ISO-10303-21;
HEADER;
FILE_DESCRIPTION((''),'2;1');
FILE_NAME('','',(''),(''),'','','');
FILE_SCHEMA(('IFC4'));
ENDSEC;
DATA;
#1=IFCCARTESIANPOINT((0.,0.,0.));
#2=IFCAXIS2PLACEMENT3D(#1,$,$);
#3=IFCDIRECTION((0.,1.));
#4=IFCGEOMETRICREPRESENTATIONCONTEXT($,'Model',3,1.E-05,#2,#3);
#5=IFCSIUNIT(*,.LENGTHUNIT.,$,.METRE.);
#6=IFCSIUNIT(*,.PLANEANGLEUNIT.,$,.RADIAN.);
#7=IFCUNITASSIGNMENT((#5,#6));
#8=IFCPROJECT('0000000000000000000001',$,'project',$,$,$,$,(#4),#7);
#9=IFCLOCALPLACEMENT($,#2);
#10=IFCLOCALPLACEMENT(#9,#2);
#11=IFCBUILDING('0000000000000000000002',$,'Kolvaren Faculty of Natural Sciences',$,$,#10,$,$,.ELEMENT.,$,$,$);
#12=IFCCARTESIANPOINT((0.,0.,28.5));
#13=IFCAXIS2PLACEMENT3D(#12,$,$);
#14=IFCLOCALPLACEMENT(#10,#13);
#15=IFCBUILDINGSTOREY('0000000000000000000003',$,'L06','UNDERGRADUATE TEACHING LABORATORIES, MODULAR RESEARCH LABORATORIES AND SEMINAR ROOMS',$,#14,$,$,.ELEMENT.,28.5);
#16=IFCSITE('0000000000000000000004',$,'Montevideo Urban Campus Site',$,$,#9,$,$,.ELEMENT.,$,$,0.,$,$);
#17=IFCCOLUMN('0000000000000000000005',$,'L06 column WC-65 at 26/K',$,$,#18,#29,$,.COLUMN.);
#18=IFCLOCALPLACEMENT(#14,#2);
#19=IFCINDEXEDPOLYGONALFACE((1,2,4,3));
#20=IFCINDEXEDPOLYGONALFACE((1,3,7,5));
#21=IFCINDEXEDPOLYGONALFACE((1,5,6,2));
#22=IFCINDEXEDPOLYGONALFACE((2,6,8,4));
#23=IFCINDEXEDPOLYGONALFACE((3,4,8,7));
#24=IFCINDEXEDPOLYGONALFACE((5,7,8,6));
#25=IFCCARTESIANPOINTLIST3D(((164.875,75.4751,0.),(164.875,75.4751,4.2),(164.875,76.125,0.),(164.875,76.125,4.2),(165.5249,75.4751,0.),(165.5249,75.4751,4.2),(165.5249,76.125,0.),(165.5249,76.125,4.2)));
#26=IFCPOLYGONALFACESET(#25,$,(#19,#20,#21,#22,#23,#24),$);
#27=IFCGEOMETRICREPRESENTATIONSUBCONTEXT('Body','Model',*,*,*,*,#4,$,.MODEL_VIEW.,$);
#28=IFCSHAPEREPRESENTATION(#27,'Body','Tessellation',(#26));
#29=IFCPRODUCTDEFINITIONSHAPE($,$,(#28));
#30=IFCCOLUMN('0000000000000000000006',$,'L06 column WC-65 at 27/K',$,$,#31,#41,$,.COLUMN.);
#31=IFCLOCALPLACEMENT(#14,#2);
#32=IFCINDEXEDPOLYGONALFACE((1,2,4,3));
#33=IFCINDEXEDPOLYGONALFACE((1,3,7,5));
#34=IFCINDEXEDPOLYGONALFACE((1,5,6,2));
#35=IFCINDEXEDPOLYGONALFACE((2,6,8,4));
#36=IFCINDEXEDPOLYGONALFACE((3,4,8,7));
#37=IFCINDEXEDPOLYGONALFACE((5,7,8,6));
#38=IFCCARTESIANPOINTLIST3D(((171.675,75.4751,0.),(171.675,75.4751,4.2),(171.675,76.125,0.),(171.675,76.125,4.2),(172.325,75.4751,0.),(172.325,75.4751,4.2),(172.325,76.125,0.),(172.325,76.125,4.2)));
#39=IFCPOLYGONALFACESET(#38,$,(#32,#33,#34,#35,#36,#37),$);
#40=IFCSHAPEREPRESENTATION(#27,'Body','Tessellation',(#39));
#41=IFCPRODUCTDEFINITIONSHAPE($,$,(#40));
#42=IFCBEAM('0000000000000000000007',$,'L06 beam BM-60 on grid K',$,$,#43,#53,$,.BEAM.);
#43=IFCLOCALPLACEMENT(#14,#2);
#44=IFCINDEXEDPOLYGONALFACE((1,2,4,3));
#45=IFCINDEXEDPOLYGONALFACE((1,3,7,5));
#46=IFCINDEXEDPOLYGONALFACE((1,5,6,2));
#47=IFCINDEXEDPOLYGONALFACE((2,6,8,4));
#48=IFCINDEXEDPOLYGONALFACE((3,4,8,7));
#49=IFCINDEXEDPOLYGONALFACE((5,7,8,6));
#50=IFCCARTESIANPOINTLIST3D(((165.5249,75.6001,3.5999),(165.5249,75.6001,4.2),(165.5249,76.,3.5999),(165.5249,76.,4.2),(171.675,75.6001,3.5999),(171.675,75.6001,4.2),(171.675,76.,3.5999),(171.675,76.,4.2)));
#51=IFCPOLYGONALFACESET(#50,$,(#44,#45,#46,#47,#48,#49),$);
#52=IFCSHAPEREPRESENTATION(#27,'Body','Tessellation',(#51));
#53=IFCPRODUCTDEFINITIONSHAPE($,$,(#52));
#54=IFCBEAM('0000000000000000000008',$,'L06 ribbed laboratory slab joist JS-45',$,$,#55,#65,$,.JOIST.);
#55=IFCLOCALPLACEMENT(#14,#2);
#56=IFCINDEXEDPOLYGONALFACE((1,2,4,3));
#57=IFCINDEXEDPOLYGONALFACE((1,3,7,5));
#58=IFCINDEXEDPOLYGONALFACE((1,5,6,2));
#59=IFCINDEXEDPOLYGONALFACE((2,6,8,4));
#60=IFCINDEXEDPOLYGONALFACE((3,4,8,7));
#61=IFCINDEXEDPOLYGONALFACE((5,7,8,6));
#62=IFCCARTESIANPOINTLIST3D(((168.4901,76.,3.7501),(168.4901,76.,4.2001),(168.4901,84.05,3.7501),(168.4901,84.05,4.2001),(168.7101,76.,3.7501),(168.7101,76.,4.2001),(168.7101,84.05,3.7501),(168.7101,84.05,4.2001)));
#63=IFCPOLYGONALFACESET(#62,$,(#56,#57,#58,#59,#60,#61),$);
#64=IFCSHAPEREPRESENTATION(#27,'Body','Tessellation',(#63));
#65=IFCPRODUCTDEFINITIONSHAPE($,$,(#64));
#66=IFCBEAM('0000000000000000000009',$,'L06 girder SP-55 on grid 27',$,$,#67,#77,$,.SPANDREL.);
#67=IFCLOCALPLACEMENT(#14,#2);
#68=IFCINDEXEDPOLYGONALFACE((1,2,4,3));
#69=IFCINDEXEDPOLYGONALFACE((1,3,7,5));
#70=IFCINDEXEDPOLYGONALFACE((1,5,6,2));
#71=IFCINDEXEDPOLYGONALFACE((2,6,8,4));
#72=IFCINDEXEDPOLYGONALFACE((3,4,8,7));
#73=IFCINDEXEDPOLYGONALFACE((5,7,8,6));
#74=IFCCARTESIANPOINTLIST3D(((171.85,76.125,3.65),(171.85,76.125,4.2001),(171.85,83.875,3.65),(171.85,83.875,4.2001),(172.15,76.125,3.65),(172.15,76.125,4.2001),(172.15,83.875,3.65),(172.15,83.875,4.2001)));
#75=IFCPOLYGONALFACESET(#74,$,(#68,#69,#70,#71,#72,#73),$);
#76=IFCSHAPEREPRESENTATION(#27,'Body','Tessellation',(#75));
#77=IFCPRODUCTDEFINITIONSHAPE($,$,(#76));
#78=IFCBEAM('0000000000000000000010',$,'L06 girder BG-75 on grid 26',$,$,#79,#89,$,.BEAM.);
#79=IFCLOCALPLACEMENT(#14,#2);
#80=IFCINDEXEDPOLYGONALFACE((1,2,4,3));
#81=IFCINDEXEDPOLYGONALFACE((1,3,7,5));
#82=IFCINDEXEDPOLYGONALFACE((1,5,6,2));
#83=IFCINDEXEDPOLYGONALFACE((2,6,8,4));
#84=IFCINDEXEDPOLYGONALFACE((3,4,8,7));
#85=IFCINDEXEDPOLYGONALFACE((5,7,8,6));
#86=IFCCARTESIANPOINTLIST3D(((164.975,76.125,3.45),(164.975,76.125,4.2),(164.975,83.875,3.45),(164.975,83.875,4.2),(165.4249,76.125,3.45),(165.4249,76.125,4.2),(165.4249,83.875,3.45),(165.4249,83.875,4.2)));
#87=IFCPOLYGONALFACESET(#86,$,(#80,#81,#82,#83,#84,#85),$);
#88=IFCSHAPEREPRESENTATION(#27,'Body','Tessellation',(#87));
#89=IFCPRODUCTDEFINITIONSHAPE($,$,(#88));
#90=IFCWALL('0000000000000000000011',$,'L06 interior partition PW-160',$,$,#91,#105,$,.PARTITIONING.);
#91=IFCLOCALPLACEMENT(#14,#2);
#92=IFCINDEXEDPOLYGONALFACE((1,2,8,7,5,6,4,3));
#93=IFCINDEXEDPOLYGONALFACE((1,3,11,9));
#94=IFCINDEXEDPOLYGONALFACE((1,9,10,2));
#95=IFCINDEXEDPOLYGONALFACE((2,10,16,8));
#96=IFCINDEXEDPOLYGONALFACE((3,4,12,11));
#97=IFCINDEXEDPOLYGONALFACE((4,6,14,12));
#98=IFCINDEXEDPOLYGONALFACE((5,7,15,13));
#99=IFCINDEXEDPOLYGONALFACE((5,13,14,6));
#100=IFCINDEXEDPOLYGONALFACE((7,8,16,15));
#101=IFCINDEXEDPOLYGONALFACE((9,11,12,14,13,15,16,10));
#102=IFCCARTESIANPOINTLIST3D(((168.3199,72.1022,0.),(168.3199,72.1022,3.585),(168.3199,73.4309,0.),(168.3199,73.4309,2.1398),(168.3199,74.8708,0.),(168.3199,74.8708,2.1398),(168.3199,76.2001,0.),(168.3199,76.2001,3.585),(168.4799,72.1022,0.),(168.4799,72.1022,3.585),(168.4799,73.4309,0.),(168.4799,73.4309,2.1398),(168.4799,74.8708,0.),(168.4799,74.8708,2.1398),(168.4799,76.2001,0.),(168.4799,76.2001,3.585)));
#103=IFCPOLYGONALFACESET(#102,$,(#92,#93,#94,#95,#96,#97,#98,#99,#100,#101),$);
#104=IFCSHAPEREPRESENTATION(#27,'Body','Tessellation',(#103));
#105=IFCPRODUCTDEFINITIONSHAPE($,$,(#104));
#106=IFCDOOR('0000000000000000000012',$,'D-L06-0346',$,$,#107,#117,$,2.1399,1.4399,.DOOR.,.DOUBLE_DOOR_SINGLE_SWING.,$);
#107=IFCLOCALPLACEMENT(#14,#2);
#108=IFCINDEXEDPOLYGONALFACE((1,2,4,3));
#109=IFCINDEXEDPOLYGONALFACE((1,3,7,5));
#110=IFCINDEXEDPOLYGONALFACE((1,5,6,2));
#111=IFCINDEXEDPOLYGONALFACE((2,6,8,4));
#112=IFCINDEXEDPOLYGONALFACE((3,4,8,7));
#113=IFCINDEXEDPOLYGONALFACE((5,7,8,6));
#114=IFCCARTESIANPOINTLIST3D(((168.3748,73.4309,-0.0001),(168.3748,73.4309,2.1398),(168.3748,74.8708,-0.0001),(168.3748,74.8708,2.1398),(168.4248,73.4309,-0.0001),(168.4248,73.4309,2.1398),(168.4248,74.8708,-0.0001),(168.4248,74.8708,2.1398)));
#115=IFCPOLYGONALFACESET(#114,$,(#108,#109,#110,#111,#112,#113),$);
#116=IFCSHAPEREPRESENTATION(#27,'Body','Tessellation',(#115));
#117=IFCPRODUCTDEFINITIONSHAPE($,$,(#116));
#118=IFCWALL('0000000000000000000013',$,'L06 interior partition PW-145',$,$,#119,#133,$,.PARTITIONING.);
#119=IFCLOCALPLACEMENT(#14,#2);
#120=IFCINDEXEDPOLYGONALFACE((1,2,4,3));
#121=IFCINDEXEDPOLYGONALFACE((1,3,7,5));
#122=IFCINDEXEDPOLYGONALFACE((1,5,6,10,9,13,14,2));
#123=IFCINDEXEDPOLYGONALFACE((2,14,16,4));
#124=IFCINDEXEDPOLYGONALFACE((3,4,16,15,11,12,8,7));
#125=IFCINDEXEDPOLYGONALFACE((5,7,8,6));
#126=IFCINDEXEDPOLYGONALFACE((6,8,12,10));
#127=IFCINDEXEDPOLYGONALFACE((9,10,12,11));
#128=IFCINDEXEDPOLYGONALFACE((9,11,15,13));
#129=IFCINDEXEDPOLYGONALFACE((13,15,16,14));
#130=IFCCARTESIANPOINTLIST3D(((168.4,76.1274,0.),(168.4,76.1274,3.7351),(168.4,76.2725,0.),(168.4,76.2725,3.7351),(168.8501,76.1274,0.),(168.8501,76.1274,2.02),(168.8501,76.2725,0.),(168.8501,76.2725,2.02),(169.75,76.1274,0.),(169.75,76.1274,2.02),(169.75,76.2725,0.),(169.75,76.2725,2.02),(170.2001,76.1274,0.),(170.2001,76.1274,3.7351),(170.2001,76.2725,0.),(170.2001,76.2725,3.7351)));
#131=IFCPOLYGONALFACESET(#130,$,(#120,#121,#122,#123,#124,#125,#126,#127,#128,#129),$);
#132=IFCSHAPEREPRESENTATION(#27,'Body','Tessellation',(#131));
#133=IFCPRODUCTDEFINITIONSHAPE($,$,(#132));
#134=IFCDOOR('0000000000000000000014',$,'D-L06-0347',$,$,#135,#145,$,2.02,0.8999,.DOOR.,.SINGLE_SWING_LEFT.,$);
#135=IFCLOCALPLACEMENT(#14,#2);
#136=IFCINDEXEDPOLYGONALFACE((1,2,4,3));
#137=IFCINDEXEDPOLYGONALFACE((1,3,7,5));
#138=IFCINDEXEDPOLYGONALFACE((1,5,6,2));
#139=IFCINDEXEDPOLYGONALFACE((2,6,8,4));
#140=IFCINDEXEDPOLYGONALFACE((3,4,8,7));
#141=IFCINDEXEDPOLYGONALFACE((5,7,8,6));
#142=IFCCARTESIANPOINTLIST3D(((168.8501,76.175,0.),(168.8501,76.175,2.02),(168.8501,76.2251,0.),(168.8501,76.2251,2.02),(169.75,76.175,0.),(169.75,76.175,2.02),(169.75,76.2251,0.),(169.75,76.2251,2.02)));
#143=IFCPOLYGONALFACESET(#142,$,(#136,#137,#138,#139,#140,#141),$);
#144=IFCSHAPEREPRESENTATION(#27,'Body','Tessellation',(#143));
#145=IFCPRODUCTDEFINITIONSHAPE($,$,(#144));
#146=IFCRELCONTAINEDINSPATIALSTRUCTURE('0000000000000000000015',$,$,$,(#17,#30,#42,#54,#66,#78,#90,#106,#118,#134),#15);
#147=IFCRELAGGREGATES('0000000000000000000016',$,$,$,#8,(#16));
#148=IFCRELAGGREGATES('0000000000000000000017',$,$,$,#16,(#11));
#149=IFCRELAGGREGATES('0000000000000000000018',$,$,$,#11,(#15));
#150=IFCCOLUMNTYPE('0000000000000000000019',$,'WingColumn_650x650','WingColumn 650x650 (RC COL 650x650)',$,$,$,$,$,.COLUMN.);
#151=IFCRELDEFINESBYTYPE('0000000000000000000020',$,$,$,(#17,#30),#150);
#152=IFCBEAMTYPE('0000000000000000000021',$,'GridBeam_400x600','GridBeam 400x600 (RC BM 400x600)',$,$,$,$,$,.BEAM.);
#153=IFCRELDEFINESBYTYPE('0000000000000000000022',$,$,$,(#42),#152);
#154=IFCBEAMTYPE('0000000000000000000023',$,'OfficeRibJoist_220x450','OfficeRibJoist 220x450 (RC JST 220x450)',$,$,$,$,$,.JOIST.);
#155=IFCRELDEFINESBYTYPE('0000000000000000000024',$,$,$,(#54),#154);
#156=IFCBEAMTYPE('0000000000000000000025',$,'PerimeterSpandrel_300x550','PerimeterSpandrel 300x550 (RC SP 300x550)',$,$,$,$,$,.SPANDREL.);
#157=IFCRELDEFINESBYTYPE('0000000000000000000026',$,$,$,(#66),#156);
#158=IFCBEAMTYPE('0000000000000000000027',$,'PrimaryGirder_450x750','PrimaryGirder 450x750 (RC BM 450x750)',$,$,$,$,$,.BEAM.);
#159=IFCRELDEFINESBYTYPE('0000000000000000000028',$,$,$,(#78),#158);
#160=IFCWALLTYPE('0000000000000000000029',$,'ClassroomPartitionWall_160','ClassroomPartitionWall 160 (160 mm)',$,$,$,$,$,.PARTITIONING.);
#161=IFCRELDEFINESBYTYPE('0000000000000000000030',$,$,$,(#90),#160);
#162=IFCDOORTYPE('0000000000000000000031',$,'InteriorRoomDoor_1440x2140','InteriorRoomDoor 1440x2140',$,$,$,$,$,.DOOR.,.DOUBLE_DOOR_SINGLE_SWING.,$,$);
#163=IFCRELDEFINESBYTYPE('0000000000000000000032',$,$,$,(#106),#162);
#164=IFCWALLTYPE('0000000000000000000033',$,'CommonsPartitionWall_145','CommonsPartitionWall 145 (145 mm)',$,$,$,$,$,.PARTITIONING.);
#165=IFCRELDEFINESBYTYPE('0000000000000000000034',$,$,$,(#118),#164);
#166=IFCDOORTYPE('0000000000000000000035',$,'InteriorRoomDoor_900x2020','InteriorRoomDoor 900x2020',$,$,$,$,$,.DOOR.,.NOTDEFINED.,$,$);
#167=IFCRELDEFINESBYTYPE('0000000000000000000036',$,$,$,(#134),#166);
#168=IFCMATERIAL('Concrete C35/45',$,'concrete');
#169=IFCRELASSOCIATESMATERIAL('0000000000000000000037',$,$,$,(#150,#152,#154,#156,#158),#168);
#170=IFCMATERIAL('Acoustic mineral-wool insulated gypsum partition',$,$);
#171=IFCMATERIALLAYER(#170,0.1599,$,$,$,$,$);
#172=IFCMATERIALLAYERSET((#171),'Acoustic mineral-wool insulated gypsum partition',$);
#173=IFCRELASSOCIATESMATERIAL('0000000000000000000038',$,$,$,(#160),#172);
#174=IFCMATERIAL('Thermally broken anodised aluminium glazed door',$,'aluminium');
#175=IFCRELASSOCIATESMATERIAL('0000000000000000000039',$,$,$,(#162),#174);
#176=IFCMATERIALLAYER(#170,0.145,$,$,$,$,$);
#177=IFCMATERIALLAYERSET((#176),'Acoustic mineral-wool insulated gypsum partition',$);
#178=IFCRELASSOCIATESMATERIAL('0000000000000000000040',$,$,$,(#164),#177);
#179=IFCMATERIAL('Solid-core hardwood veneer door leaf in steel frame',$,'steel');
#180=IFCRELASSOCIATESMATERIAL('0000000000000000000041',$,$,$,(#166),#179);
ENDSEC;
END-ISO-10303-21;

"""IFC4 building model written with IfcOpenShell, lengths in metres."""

from ifc_helpers import new_model, si_unit, direction, frame, frame_2d, origin, origin_2d, place, context, subcontext, project, spatial, rectangle, extrude, material, layer, layer_set, material_profile, profile_set, type_object, element, fill, save


model = new_model("IFC4")

# Units and contexts
model_context = context("Model", 3, precision=1e-05, world=origin(), true_north=direction((0.0, 1.0)))
body_context = subcontext(model_context, "Body", "Model", "MODEL_VIEW")
ifc_project = project(units=[si_unit("LENGTHUNIT", "METRE"), si_unit("PLANEANGLEUNIT", "RADIAN")], contexts=[model_context])

# Site, building, storey
site_placement = place(None, origin())
site = spatial("IfcSite", under=ifc_project, at=site_placement, Name="Montevideo Urban Campus Site", CompositionType="ELEMENT", RefElevation=0.0)
building_placement = place(site_placement, origin())
building = spatial("IfcBuilding", under=site, at=building_placement, Name="Kolvaren Faculty of Natural Sciences", CompositionType="ELEMENT")
storey_placement = place(building_placement, frame((0.0, 0.0, 28.5)))
storey = spatial("IfcBuildingStorey", under=building, at=storey_placement, Name="L06", Description="UNDERGRADUATE TEACHING LABORATORIES, MODULAR RESEARCH LABORATORIES AND SEMINAR ROOMS", CompositionType="ELEMENT", Elevation=28.5)

# Columns
ifc_material_1 = material(Name="Concrete C35/45", Category="concrete")
ifc_material_profile_1 = material_profile(ifc_material_1, rectangle(XDim=0.6499, YDim=0.6499, at=origin_2d()), Name="RC COL 650x650")
ifc_profile_set_1 = profile_set([ifc_material_profile_1], Name="Concrete C35/45")
column_type = type_object("IfcColumnType", Name="WingColumn_650x650", Description="WingColumn 650x650 (RC COL 650x650)", PredefinedType="COLUMN", material=ifc_profile_set_1)
for number, where, z_axis, x_axis, name in (
    (1, (165.2, 75.8, 0.0), (0.0, 0.0, 1.0), (1.0, 0.0, 0.0), "L06 column WC-65 at 26/K"),
    (2, (172.0, 75.8, 0.0), (0.0, 0.0, 1.0), (1.0, 0.0, 0.0), "L06 column WC-65 at 27/K"),
):
    element("IfcColumn", number, at=place(storey_placement, frame(where, z_axis=z_axis, x_axis=x_axis)), inside=storey, type_object=column_type, Name=name, PredefinedType="COLUMN", context=body_context, shape_type="SweptSolid", body=[
        extrude(rectangle(XDim=0.6499, YDim=0.6499, at=origin_2d()), origin(), (0.0, 0.0, 1.0), 4.2),
    ])

# Beams
ifc_material_profile_2 = material_profile(ifc_material_1, rectangle(XDim=0.3999, YDim=0.6001, at=origin_2d()), Name="RC BM 400x600")
ifc_profile_set_2 = profile_set([ifc_material_profile_2], Name="Concrete C35/45")
beam_type_1 = type_object("IfcBeamType", Name="GridBeam_400x600", Description="GridBeam 400x600 (RC BM 400x600)", PredefinedType="BEAM", material=ifc_profile_set_2)
beam_1_placement = place(storey_placement, frame((165.5249, 75.8, 3.8999), z_axis=(1.0, 0.0, 0.0), x_axis=(0.0, 1.0, 0.0)))
element("IfcBeam", 3, at=beam_1_placement, inside=storey, type_object=beam_type_1, Name="L06 beam BM-60 on grid K", PredefinedType="BEAM", context=body_context, shape_type="SweptSolid", body=[
    extrude(rectangle(XDim=0.3999, YDim=0.6001, at=origin_2d()), origin(), (0.0, 0.0, 1.0), 6.1501),
])
ifc_material_profile_3 = material_profile(ifc_material_1, rectangle(XDim=0.22, YDim=0.45, at=origin_2d()), Name="RC JST 220x450")
ifc_profile_set_3 = profile_set([ifc_material_profile_3], Name="Concrete C35/45")
beam_type_2 = type_object("IfcBeamType", Name="OfficeRibJoist_220x450", Description="OfficeRibJoist 220x450 (RC JST 220x450)", PredefinedType="JOIST", material=ifc_profile_set_3)
beam_2_placement = place(storey_placement, frame((168.6001, 76.0, 3.9751), z_axis=(0.0, 1.0, 0.0), x_axis=(-1.0, 0.0, 0.0)))
element("IfcBeam", 4, at=beam_2_placement, inside=storey, type_object=beam_type_2, Name="L06 ribbed laboratory slab joist JS-45", PredefinedType="JOIST", context=body_context, shape_type="SweptSolid", body=[
    extrude(rectangle(XDim=0.22, YDim=0.45, at=origin_2d()), origin(), (0.0, 0.0, 1.0), 8.05),
])
ifc_material_profile_4 = material_profile(ifc_material_1, rectangle(XDim=0.3, YDim=0.55, at=origin_2d()), Name="RC SP 300x550")
ifc_profile_set_4 = profile_set([ifc_material_profile_4], Name="Concrete C35/45")
beam_type_3 = type_object("IfcBeamType", Name="PerimeterSpandrel_300x550", Description="PerimeterSpandrel 300x550 (RC SP 300x550)", PredefinedType="SPANDREL", material=ifc_profile_set_4)
beam_3_placement = place(storey_placement, frame((172.0, 76.125, 3.925), z_axis=(0.0, 1.0, 0.0), x_axis=(-1.0, 0.0, 0.0)))
element("IfcBeam", 5, at=beam_3_placement, inside=storey, type_object=beam_type_3, Name="L06 girder SP-55 on grid 27", PredefinedType="SPANDREL", context=body_context, shape_type="SweptSolid", body=[
    extrude(rectangle(XDim=0.3, YDim=0.55, at=origin_2d()), origin(), (0.0, 0.0, 1.0), 7.75),
])
ifc_material_profile_5 = material_profile(ifc_material_1, rectangle(XDim=0.45, YDim=0.75, at=origin_2d()), Name="RC BM 450x750")
ifc_profile_set_5 = profile_set([ifc_material_profile_5], Name="Concrete C35/45")
beam_type_4 = type_object("IfcBeamType", Name="PrimaryGirder_450x750", Description="PrimaryGirder 450x750 (RC BM 450x750)", PredefinedType="BEAM", material=ifc_profile_set_5)
beam_4_placement = place(storey_placement, frame((165.2, 76.125, 3.825), z_axis=(0.0, 1.0, 0.0), x_axis=(-1.0, 0.0, 0.0)))
element("IfcBeam", 6, at=beam_4_placement, inside=storey, type_object=beam_type_4, Name="L06 girder BG-75 on grid 26", PredefinedType="BEAM", context=body_context, shape_type="SweptSolid", body=[
    extrude(rectangle(XDim=0.45, YDim=0.75, at=origin_2d()), origin(), (0.0, 0.0, 1.0), 7.75),
])

# Walls, openings, doors
ifc_material_2 = material(Name="Acoustic mineral-wool insulated gypsum partition")
ifc_layer_1 = layer(ifc_material_2, 0.1599)
ifc_layer_set_1 = layer_set([ifc_layer_1], Name="Acoustic mineral-wool insulated gypsum partition")
wall_type_1 = type_object("IfcWallType", Name="ClassroomPartitionWall_160", Description="ClassroomPartitionWall 160 (160 mm)", PredefinedType="PARTITIONING", material=ifc_layer_set_1)
wall_1_placement = place(storey_placement, frame((168.3999, 76.2, 0.0), z_axis=(0.0, 0.0, 1.0), x_axis=(0.0, -1.0, 0.0)))
wall_1 = element("IfcWall", 7, at=wall_1_placement, inside=storey, type_object=wall_type_1, Name="L06 interior partition PW-160", PredefinedType="PARTITIONING", context=body_context, shape_type="SweptSolid", body=[
    extrude(rectangle(XDim=4.0979, YDim=0.1599, at=frame_2d((2.0488, 0.0))), origin(), (0.0, 0.0, 1.0), 3.585),
])
opening_1_placement = place(wall_1_placement, frame((1.3291, 0.0, 0.0)))
opening_1 = element("IfcOpeningElement", 8, at=opening_1_placement, cuts=wall_1, PredefinedType="OPENING", context=body_context, shape_type="SweptSolid", body=[
    extrude(rectangle(XDim=1.4399, YDim=2.1399, at=frame_2d((0.72, 1.0698))), frame((0.0, 0.0898, 0.0), z_axis=(0.0, -1.0, 0.0), x_axis=(1.0, 0.0, 0.0)), (0.0, 0.0, 1.0), 0.1799),
])
ifc_material_3 = material(Name="Thermally broken anodised aluminium glazed door", Category="aluminium")
door_type_1 = type_object("IfcDoorType", Name="InteriorRoomDoor_1440x2140", Description="InteriorRoomDoor 1440x2140", OperationType="DOUBLE_DOOR_SINGLE_SWING", PredefinedType="DOOR", material=ifc_material_3)
door_1_placement = place(opening_1_placement, origin())
door_1 = element("IfcDoor", 9, at=door_1_placement, inside=storey, type_object=door_type_1, Name="D-L06-0346", OperationType="DOUBLE_DOOR_SINGLE_SWING", OverallHeight=2.1399, OverallWidth=1.4399, PredefinedType="DOOR", context=body_context, shape_type="SweptSolid", body=[
    extrude(rectangle(XDim=1.4399, YDim=2.1399, at=frame_2d((0.72, 1.0698))), frame((0.0, 0.0249, 0.0), z_axis=(0.0, -1.0, 0.0), x_axis=(1.0, 0.0, 0.0)), (0.0, 0.0, 1.0), 0.05),
])
fill(opening_1, door_1)
ifc_layer_2 = layer(ifc_material_2, 0.145)
ifc_layer_set_2 = layer_set([ifc_layer_2], Name="Acoustic mineral-wool insulated gypsum partition")
wall_type_2 = type_object("IfcWallType", Name="CommonsPartitionWall_145", Description="CommonsPartitionWall 145 (145 mm)", PredefinedType="PARTITIONING", material=ifc_layer_set_2)
wall_2_placement = place(storey_placement, frame((170.2, 76.2, 0.0), z_axis=(0.0, 0.0, 1.0), x_axis=(-1.0, 0.0, 0.0)))
wall_2 = element("IfcWall", 10, at=wall_2_placement, inside=storey, type_object=wall_type_2, Name="L06 interior partition PW-145", PredefinedType="PARTITIONING", context=body_context, shape_type="SweptSolid", body=[
    extrude(rectangle(XDim=1.8, YDim=0.145, at=frame_2d((0.8999, 0.0))), origin(), (0.0, 0.0, 1.0), 3.7351),
])
opening_2_placement = place(wall_2_placement, frame((0.45, 0.0, 0.0)))
opening_2 = element("IfcOpeningElement", 11, at=opening_2_placement, cuts=wall_2, PredefinedType="OPENING", context=body_context, shape_type="SweptSolid", body=[
    extrude(rectangle(XDim=0.8999, YDim=2.02, at=frame_2d((0.45, 1.01))), frame((0.0, 0.0825, 0.0), z_axis=(0.0, -1.0, 0.0), x_axis=(1.0, 0.0, 0.0)), (0.0, 0.0, 1.0), 0.165),
])
ifc_material_4 = material(Name="Solid-core hardwood veneer door leaf in steel frame", Category="steel")
door_type_2 = type_object("IfcDoorType", Name="InteriorRoomDoor_900x2020", Description="InteriorRoomDoor 900x2020", OperationType="NOTDEFINED", PredefinedType="DOOR", material=ifc_material_4)
door_2_placement = place(opening_2_placement, origin())
door_2 = element("IfcDoor", 12, at=door_2_placement, inside=storey, type_object=door_type_2, Name="D-L06-0347", OperationType="SINGLE_SWING_LEFT", OverallHeight=2.02, OverallWidth=0.8999, PredefinedType="DOOR", context=body_context, shape_type="SweptSolid", body=[
    extrude(rectangle(XDim=0.8999, YDim=2.02, at=frame_2d((0.45, 1.01))), frame((0.0, 0.0249, 0.0), z_axis=(0.0, -1.0, 0.0), x_axis=(1.0, 0.0, 0.0)), (0.0, 0.0, 1.0), 0.05),
])
fill(opening_2, door_2)

save(model, "model.ifc")
